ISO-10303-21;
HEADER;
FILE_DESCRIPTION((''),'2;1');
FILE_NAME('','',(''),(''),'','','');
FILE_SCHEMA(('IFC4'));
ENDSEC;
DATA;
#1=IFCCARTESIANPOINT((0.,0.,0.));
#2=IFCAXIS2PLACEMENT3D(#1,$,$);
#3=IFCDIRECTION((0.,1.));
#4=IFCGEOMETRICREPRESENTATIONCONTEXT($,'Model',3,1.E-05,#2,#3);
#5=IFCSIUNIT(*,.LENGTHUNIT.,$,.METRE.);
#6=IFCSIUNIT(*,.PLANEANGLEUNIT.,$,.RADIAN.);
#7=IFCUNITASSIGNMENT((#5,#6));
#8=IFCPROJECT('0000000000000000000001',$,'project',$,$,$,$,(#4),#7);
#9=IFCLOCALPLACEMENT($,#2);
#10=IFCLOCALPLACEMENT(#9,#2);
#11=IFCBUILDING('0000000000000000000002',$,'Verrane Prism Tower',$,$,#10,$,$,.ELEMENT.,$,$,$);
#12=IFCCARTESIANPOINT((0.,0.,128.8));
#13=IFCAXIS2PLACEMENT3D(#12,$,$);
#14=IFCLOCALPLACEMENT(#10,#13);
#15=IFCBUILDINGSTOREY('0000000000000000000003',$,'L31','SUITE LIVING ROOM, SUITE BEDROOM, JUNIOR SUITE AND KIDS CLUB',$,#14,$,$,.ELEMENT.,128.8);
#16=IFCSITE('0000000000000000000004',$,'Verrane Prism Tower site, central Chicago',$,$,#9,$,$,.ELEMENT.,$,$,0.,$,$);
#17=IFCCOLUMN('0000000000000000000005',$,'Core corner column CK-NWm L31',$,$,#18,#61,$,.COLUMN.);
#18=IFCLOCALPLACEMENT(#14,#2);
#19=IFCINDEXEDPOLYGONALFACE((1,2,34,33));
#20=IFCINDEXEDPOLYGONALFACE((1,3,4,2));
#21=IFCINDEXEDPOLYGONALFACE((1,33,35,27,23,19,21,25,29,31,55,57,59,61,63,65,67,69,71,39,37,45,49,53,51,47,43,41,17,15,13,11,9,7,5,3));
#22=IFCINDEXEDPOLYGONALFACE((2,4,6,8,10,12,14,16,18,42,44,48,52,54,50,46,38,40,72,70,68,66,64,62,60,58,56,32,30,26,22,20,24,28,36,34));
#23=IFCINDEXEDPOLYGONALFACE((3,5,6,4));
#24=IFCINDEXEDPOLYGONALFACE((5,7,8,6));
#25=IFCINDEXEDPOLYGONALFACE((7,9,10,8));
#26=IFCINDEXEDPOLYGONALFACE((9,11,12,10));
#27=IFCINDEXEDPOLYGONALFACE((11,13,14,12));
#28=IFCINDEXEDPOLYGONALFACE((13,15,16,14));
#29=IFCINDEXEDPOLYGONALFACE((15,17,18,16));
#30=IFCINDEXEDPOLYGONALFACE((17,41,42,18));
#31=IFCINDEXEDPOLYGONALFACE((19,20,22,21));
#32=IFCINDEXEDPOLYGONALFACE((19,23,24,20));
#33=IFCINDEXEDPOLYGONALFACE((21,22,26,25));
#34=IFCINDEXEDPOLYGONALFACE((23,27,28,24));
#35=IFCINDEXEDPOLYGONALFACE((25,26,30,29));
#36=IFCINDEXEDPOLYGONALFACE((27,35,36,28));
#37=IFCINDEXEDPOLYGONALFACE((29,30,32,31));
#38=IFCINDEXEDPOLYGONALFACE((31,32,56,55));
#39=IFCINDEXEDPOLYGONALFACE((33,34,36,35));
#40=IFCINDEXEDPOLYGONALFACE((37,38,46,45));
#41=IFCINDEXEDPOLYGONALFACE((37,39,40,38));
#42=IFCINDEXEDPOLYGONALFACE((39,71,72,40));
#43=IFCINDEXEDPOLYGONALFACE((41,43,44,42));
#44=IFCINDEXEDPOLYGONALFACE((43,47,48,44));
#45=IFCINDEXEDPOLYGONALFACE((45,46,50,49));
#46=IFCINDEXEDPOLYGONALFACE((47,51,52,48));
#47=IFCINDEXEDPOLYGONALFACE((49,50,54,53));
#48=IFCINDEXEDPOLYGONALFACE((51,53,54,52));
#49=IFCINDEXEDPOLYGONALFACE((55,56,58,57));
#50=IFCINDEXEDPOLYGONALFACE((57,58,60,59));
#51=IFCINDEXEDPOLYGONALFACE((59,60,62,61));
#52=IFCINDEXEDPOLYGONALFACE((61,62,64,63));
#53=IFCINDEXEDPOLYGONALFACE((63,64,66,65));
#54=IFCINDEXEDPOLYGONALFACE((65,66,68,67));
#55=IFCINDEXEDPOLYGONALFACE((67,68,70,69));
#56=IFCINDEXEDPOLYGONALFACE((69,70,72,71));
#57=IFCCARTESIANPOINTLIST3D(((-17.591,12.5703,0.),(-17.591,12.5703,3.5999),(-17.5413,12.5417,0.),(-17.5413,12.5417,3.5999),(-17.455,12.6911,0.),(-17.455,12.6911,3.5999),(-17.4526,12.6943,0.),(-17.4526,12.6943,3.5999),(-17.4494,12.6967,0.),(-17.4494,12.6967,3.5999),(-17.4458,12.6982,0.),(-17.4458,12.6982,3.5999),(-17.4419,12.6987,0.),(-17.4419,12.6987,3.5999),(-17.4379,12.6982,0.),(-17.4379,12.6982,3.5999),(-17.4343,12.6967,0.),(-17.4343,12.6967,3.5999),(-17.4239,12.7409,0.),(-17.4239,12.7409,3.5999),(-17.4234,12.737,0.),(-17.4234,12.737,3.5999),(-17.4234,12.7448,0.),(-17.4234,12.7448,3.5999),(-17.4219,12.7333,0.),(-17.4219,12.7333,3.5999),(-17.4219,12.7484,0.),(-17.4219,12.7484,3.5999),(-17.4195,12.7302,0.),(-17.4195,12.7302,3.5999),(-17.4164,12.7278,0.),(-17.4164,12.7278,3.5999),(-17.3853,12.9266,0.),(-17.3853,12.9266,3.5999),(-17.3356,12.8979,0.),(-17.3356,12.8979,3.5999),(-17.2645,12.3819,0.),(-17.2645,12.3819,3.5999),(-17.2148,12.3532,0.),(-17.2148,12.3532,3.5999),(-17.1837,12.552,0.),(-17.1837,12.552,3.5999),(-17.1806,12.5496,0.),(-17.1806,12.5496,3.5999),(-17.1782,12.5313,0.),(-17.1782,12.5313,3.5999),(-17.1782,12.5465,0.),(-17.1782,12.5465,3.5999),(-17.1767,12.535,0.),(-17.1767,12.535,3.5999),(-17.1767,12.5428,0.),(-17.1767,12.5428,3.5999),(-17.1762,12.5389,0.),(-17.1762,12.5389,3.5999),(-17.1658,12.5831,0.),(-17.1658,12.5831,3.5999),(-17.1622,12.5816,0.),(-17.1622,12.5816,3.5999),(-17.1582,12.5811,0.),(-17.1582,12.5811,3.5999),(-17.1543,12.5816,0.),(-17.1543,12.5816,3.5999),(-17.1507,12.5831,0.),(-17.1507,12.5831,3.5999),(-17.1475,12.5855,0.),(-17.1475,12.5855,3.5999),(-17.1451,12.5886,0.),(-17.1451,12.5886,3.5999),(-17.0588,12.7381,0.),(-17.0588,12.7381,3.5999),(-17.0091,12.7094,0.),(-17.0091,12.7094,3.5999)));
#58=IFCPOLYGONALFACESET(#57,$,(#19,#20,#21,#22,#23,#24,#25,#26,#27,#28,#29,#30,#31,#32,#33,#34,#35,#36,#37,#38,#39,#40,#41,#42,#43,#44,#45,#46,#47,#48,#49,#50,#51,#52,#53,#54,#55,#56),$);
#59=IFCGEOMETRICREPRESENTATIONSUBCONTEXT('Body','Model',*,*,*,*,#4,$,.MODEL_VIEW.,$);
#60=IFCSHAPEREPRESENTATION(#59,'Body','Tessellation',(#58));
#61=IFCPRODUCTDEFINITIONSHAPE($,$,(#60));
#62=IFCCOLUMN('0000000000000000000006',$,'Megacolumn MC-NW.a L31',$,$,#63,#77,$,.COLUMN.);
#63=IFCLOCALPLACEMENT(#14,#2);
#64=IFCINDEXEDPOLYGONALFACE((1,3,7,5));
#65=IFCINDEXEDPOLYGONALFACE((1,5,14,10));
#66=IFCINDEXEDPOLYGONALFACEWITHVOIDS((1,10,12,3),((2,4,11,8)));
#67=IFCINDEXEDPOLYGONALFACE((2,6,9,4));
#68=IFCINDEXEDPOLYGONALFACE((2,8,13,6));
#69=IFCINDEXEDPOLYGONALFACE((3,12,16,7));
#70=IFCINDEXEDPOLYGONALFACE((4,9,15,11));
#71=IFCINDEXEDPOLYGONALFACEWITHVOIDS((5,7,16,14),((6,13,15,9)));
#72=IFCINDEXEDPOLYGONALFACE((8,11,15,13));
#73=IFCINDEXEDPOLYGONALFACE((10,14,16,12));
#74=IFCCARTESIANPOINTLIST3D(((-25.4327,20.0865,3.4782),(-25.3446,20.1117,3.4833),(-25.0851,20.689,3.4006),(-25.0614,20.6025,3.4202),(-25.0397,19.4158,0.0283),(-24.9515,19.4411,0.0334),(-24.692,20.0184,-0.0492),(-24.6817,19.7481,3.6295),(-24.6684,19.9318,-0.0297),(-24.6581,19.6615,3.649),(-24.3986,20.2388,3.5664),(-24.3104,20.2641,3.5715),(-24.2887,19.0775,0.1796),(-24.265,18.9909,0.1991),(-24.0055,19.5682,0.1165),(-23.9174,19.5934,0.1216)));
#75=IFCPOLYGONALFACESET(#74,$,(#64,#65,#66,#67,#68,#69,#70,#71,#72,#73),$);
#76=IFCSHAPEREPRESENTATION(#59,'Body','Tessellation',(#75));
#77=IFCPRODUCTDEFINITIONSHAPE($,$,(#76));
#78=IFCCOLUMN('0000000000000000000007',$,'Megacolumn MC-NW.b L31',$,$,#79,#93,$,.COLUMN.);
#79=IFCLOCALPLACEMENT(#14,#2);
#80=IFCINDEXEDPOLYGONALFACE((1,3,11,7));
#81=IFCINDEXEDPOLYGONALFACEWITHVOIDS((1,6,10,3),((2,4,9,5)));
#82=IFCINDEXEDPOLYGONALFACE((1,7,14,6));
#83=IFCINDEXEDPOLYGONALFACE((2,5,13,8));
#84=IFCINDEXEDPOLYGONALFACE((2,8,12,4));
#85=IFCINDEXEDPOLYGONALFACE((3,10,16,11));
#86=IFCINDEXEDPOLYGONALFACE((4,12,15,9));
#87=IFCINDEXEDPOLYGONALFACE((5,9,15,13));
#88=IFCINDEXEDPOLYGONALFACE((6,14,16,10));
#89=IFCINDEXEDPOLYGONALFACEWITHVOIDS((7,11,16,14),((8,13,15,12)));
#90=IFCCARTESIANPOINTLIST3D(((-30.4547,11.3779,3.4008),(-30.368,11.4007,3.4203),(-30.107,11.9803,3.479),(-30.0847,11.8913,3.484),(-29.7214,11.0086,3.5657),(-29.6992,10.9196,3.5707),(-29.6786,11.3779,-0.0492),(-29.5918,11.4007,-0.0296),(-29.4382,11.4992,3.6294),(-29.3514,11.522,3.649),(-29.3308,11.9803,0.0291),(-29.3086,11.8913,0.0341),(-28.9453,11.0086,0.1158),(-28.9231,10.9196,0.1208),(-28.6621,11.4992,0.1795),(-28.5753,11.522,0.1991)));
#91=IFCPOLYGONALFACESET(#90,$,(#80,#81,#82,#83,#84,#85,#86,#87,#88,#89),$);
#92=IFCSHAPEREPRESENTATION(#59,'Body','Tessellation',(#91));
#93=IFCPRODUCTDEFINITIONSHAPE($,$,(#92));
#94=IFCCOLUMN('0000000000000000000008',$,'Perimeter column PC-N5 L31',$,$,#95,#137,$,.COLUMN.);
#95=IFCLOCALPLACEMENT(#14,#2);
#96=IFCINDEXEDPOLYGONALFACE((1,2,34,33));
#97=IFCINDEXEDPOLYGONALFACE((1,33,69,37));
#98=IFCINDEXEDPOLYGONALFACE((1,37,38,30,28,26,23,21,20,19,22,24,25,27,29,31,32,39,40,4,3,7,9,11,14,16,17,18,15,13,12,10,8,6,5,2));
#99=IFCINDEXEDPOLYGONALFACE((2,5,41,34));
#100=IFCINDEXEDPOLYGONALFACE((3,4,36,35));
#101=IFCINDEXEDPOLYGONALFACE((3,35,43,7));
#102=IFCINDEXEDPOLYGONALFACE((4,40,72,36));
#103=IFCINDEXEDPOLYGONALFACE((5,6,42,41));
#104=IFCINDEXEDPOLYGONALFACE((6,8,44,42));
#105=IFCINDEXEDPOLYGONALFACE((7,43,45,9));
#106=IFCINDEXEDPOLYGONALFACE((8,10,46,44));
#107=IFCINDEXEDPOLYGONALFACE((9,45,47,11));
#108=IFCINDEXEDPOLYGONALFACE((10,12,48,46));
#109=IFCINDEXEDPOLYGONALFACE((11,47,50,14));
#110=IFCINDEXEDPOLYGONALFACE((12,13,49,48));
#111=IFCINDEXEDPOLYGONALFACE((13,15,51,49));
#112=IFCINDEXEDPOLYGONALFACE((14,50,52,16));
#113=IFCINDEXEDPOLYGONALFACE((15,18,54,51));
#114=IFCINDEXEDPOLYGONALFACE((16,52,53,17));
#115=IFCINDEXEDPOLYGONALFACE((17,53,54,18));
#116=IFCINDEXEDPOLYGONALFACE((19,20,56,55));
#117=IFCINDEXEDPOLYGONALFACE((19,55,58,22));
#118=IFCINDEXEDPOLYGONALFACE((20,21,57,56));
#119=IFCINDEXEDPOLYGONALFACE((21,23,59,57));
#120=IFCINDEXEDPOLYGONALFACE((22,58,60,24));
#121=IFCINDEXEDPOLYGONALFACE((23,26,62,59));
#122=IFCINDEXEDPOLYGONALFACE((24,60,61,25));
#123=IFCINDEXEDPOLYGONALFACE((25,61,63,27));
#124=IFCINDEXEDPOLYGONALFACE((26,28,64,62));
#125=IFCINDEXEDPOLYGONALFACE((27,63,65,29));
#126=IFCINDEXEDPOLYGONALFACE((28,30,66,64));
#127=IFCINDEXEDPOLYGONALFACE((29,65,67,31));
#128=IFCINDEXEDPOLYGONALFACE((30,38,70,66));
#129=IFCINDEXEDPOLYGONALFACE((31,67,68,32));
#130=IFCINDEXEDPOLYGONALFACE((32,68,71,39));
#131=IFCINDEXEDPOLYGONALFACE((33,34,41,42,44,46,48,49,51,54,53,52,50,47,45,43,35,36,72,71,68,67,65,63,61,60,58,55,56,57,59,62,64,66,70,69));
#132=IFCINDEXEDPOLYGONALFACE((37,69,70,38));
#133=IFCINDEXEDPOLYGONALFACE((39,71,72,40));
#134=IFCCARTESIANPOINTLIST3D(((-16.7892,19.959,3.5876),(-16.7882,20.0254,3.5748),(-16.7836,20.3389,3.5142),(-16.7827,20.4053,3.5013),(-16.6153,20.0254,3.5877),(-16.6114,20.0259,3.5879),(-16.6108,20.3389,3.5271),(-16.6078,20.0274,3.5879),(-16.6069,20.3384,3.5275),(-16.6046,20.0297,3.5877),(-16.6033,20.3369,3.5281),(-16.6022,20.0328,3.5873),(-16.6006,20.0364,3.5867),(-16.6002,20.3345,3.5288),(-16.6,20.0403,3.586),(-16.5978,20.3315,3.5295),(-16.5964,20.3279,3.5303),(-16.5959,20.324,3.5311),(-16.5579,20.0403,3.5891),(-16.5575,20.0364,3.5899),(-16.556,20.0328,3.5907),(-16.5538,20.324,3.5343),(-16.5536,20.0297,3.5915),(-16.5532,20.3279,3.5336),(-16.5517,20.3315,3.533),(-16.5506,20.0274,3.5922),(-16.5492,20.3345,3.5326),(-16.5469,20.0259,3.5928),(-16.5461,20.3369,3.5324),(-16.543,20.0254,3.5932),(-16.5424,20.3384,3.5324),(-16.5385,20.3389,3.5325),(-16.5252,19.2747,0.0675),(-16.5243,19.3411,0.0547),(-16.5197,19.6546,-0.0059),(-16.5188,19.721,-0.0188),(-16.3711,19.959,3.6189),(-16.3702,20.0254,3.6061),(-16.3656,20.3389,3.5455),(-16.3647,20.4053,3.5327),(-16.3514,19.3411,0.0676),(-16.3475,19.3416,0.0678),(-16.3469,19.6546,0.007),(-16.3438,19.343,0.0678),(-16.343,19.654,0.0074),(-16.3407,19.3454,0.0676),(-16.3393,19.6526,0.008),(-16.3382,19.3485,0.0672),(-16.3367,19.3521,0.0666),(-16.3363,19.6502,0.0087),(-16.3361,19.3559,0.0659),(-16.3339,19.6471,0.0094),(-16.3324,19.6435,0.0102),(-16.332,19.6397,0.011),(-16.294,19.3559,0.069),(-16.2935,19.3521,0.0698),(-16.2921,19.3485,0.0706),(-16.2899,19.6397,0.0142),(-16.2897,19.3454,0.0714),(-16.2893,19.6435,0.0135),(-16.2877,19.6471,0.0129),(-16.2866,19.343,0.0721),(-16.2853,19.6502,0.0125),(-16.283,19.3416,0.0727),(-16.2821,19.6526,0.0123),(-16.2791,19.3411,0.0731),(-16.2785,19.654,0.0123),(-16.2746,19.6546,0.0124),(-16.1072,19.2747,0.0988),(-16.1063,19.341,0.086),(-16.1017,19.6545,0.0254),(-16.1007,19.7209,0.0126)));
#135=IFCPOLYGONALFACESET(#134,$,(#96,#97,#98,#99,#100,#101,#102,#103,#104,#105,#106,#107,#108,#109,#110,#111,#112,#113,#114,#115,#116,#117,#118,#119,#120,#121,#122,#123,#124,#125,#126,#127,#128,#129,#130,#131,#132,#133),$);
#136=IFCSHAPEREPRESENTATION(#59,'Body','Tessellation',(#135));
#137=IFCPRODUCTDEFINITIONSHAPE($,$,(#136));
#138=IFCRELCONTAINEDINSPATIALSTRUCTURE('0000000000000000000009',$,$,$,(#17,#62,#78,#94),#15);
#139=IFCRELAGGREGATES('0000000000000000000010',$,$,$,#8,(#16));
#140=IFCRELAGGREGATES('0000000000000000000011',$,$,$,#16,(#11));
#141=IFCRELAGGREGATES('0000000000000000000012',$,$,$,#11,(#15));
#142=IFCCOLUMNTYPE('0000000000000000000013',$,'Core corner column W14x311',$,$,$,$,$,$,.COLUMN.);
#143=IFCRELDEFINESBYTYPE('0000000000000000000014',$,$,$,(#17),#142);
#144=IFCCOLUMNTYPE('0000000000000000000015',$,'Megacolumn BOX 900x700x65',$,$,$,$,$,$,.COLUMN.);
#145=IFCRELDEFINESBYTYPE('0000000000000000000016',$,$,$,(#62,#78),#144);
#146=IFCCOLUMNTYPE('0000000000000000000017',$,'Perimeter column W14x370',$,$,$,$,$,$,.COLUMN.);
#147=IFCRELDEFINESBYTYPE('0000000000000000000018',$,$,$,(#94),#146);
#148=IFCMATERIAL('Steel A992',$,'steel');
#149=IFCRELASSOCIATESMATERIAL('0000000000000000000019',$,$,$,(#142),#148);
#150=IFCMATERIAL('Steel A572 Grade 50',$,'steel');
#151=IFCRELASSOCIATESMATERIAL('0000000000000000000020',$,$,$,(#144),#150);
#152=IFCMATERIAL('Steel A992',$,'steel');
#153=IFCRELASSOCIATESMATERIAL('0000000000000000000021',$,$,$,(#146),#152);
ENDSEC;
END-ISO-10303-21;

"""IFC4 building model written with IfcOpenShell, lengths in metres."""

from ifc_helpers import new_model, si_unit, direction, frame, origin, origin_2d, place, context, subcontext, project, spatial, hollow_rectangle, i_section, extrude, material, material_profile, profile_set, type_object, element, save


model = new_model("IFC4")

# Units and contexts
model_context = context("Model", 3, precision=1e-05, world=origin(), true_north=direction((0.0, 1.0)))
body_context = subcontext(model_context, "Body", "Model", "MODEL_VIEW")
ifc_project = project(units=[si_unit("LENGTHUNIT", "METRE"), si_unit("PLANEANGLEUNIT", "RADIAN")], contexts=[model_context])

# Site, building, storey
site_placement = place(None, origin())
site = spatial("IfcSite", under=ifc_project, at=site_placement, Name="Verrane Prism Tower site, central Chicago", CompositionType="ELEMENT", RefElevation=0.0)
building_placement = place(site_placement, origin())
building = spatial("IfcBuilding", under=site, at=building_placement, Name="Verrane Prism Tower", CompositionType="ELEMENT")
storey_placement = place(building_placement, frame((0.0, 0.0, 128.8)))
storey = spatial("IfcBuildingStorey", under=building, at=storey_placement, Name="L31", Description="SUITE LIVING ROOM, SUITE BEDROOM, JUNIOR SUITE AND KIDS CLUB", CompositionType="ELEMENT", Elevation=128.8)

# Columns
ifc_material_1 = material(Name="Steel A992", Category="steel")
ifc_material_profile_1 = material_profile(ifc_material_1, i_section(OverallWidth=0.4114, OverallDepth=0.4343, WebThickness=0.0359, FlangeThickness=0.0574, FilletRadius=0.0151, at=origin_2d()), Name="W14x311")
ifc_profile_set_1 = profile_set([ifc_material_profile_1], Name="Steel A992")
column_type_1 = type_object("IfcColumnType", Name="Core corner column W14x311", PredefinedType="COLUMN", material=ifc_profile_set_1)
column_1_placement = place(storey_placement, frame((-17.3, 12.6399, 0.0), z_axis=(0.0, 0.0, 1.0), x_axis=(0.5, 0.866025, 0.0)))
element("IfcColumn", 1, at=column_1_placement, inside=storey, type_object=column_type_1, Name="Core corner column CK-NWm L31", PredefinedType="COLUMN", context=body_context, shape_type="SweptSolid", body=[
    extrude(i_section(OverallWidth=0.4114, OverallDepth=0.4343, WebThickness=0.0359, FlangeThickness=0.0574, FilletRadius=0.0151, at=origin_2d()), origin(), (0.0, 0.0, 1.0), 3.5999),
])
ifc_material_2 = material(Name="Steel A572 Grade 50", Category="steel")
ifc_material_profile_2 = material_profile(ifc_material_2, hollow_rectangle(XDim=0.7, YDim=0.8999, WallThickness=0.0649, at=origin_2d()), Name="BOX 900x700x65")
ifc_profile_set_2 = profile_set([ifc_material_profile_2], Name="Steel A572 Grade 50")
column_type_2 = type_object("IfcColumnType", Name="Megacolumn BOX 900x700x65", PredefinedType="COLUMN", material=ifc_profile_set_2)
column_2_placement = place(storey_placement, frame((-24.4785, 19.5046, 0.075), z_axis=(-0.111147, 0.189641, 0.975542), x_axis=(0.496679, 0.860839, -0.110755)))
element("IfcColumn", 2, at=column_2_placement, inside=storey, type_object=column_type_2, Name="Megacolumn MC-NW.a L31", PredefinedType="COLUMN", context=body_context, shape_type="SweptSolid", body=[
    extrude(hollow_rectangle(XDim=0.7, YDim=0.8999, WallThickness=0.0649, at=origin_2d()), origin(), (0.0, 0.0, 1.0), 3.5364),
])
column_3_placement = place(storey_placement, frame((-29.127, 11.45, 0.075), z_axis=(-0.219481, 0.0, 0.975617), x_axis=(0.49687, 0.860596, 0.111779)))
element("IfcColumn", 3, at=column_3_placement, inside=storey, type_object=column_type_2, Name="Megacolumn MC-NW.b L31", PredefinedType="COLUMN", context=body_context, shape_type="SweptSolid", body=[
    extrude(hollow_rectangle(XDim=0.7, YDim=0.8999, WallThickness=0.0649, at=origin_2d()), origin(), (0.0, 0.0, 1.0), 3.5361),
])
ifc_material_3 = material(Name="Steel A992", Category="steel")
ifc_material_profile_3 = material_profile(ifc_material_3, i_section(OverallWidth=0.4192, OverallDepth=0.4546, WebThickness=0.0422, FlangeThickness=0.0676, FilletRadius=0.0151, at=origin_2d()), Name="W14x370")
ifc_profile_set_3 = profile_set([ifc_material_profile_3], Name="Steel A992")
column_type_3 = type_object("IfcColumnType", Name="Perimeter column W14x370", PredefinedType="COLUMN", material=ifc_profile_set_3)
column_4_placement = place(storey_placement, frame((-16.313, 19.4978, 0.04), z_axis=(-0.073399, 0.190322, 0.978974), x_axis=(0.9972, -0.000051, 0.074776)))
element("IfcColumn", 4, at=column_4_placement, inside=storey, type_object=column_type_3, Name="Perimeter column PC-N5 L31", PredefinedType="COLUMN", context=body_context, shape_type="SweptSolid", body=[
    extrude(i_section(OverallWidth=0.4192, OverallDepth=0.4546, WebThickness=0.0422, FlangeThickness=0.0676, FilletRadius=0.0151, at=origin_2d()), origin(), (0.0, 0.0, 1.0), 3.5957),
])

save(model, "model.ifc")
